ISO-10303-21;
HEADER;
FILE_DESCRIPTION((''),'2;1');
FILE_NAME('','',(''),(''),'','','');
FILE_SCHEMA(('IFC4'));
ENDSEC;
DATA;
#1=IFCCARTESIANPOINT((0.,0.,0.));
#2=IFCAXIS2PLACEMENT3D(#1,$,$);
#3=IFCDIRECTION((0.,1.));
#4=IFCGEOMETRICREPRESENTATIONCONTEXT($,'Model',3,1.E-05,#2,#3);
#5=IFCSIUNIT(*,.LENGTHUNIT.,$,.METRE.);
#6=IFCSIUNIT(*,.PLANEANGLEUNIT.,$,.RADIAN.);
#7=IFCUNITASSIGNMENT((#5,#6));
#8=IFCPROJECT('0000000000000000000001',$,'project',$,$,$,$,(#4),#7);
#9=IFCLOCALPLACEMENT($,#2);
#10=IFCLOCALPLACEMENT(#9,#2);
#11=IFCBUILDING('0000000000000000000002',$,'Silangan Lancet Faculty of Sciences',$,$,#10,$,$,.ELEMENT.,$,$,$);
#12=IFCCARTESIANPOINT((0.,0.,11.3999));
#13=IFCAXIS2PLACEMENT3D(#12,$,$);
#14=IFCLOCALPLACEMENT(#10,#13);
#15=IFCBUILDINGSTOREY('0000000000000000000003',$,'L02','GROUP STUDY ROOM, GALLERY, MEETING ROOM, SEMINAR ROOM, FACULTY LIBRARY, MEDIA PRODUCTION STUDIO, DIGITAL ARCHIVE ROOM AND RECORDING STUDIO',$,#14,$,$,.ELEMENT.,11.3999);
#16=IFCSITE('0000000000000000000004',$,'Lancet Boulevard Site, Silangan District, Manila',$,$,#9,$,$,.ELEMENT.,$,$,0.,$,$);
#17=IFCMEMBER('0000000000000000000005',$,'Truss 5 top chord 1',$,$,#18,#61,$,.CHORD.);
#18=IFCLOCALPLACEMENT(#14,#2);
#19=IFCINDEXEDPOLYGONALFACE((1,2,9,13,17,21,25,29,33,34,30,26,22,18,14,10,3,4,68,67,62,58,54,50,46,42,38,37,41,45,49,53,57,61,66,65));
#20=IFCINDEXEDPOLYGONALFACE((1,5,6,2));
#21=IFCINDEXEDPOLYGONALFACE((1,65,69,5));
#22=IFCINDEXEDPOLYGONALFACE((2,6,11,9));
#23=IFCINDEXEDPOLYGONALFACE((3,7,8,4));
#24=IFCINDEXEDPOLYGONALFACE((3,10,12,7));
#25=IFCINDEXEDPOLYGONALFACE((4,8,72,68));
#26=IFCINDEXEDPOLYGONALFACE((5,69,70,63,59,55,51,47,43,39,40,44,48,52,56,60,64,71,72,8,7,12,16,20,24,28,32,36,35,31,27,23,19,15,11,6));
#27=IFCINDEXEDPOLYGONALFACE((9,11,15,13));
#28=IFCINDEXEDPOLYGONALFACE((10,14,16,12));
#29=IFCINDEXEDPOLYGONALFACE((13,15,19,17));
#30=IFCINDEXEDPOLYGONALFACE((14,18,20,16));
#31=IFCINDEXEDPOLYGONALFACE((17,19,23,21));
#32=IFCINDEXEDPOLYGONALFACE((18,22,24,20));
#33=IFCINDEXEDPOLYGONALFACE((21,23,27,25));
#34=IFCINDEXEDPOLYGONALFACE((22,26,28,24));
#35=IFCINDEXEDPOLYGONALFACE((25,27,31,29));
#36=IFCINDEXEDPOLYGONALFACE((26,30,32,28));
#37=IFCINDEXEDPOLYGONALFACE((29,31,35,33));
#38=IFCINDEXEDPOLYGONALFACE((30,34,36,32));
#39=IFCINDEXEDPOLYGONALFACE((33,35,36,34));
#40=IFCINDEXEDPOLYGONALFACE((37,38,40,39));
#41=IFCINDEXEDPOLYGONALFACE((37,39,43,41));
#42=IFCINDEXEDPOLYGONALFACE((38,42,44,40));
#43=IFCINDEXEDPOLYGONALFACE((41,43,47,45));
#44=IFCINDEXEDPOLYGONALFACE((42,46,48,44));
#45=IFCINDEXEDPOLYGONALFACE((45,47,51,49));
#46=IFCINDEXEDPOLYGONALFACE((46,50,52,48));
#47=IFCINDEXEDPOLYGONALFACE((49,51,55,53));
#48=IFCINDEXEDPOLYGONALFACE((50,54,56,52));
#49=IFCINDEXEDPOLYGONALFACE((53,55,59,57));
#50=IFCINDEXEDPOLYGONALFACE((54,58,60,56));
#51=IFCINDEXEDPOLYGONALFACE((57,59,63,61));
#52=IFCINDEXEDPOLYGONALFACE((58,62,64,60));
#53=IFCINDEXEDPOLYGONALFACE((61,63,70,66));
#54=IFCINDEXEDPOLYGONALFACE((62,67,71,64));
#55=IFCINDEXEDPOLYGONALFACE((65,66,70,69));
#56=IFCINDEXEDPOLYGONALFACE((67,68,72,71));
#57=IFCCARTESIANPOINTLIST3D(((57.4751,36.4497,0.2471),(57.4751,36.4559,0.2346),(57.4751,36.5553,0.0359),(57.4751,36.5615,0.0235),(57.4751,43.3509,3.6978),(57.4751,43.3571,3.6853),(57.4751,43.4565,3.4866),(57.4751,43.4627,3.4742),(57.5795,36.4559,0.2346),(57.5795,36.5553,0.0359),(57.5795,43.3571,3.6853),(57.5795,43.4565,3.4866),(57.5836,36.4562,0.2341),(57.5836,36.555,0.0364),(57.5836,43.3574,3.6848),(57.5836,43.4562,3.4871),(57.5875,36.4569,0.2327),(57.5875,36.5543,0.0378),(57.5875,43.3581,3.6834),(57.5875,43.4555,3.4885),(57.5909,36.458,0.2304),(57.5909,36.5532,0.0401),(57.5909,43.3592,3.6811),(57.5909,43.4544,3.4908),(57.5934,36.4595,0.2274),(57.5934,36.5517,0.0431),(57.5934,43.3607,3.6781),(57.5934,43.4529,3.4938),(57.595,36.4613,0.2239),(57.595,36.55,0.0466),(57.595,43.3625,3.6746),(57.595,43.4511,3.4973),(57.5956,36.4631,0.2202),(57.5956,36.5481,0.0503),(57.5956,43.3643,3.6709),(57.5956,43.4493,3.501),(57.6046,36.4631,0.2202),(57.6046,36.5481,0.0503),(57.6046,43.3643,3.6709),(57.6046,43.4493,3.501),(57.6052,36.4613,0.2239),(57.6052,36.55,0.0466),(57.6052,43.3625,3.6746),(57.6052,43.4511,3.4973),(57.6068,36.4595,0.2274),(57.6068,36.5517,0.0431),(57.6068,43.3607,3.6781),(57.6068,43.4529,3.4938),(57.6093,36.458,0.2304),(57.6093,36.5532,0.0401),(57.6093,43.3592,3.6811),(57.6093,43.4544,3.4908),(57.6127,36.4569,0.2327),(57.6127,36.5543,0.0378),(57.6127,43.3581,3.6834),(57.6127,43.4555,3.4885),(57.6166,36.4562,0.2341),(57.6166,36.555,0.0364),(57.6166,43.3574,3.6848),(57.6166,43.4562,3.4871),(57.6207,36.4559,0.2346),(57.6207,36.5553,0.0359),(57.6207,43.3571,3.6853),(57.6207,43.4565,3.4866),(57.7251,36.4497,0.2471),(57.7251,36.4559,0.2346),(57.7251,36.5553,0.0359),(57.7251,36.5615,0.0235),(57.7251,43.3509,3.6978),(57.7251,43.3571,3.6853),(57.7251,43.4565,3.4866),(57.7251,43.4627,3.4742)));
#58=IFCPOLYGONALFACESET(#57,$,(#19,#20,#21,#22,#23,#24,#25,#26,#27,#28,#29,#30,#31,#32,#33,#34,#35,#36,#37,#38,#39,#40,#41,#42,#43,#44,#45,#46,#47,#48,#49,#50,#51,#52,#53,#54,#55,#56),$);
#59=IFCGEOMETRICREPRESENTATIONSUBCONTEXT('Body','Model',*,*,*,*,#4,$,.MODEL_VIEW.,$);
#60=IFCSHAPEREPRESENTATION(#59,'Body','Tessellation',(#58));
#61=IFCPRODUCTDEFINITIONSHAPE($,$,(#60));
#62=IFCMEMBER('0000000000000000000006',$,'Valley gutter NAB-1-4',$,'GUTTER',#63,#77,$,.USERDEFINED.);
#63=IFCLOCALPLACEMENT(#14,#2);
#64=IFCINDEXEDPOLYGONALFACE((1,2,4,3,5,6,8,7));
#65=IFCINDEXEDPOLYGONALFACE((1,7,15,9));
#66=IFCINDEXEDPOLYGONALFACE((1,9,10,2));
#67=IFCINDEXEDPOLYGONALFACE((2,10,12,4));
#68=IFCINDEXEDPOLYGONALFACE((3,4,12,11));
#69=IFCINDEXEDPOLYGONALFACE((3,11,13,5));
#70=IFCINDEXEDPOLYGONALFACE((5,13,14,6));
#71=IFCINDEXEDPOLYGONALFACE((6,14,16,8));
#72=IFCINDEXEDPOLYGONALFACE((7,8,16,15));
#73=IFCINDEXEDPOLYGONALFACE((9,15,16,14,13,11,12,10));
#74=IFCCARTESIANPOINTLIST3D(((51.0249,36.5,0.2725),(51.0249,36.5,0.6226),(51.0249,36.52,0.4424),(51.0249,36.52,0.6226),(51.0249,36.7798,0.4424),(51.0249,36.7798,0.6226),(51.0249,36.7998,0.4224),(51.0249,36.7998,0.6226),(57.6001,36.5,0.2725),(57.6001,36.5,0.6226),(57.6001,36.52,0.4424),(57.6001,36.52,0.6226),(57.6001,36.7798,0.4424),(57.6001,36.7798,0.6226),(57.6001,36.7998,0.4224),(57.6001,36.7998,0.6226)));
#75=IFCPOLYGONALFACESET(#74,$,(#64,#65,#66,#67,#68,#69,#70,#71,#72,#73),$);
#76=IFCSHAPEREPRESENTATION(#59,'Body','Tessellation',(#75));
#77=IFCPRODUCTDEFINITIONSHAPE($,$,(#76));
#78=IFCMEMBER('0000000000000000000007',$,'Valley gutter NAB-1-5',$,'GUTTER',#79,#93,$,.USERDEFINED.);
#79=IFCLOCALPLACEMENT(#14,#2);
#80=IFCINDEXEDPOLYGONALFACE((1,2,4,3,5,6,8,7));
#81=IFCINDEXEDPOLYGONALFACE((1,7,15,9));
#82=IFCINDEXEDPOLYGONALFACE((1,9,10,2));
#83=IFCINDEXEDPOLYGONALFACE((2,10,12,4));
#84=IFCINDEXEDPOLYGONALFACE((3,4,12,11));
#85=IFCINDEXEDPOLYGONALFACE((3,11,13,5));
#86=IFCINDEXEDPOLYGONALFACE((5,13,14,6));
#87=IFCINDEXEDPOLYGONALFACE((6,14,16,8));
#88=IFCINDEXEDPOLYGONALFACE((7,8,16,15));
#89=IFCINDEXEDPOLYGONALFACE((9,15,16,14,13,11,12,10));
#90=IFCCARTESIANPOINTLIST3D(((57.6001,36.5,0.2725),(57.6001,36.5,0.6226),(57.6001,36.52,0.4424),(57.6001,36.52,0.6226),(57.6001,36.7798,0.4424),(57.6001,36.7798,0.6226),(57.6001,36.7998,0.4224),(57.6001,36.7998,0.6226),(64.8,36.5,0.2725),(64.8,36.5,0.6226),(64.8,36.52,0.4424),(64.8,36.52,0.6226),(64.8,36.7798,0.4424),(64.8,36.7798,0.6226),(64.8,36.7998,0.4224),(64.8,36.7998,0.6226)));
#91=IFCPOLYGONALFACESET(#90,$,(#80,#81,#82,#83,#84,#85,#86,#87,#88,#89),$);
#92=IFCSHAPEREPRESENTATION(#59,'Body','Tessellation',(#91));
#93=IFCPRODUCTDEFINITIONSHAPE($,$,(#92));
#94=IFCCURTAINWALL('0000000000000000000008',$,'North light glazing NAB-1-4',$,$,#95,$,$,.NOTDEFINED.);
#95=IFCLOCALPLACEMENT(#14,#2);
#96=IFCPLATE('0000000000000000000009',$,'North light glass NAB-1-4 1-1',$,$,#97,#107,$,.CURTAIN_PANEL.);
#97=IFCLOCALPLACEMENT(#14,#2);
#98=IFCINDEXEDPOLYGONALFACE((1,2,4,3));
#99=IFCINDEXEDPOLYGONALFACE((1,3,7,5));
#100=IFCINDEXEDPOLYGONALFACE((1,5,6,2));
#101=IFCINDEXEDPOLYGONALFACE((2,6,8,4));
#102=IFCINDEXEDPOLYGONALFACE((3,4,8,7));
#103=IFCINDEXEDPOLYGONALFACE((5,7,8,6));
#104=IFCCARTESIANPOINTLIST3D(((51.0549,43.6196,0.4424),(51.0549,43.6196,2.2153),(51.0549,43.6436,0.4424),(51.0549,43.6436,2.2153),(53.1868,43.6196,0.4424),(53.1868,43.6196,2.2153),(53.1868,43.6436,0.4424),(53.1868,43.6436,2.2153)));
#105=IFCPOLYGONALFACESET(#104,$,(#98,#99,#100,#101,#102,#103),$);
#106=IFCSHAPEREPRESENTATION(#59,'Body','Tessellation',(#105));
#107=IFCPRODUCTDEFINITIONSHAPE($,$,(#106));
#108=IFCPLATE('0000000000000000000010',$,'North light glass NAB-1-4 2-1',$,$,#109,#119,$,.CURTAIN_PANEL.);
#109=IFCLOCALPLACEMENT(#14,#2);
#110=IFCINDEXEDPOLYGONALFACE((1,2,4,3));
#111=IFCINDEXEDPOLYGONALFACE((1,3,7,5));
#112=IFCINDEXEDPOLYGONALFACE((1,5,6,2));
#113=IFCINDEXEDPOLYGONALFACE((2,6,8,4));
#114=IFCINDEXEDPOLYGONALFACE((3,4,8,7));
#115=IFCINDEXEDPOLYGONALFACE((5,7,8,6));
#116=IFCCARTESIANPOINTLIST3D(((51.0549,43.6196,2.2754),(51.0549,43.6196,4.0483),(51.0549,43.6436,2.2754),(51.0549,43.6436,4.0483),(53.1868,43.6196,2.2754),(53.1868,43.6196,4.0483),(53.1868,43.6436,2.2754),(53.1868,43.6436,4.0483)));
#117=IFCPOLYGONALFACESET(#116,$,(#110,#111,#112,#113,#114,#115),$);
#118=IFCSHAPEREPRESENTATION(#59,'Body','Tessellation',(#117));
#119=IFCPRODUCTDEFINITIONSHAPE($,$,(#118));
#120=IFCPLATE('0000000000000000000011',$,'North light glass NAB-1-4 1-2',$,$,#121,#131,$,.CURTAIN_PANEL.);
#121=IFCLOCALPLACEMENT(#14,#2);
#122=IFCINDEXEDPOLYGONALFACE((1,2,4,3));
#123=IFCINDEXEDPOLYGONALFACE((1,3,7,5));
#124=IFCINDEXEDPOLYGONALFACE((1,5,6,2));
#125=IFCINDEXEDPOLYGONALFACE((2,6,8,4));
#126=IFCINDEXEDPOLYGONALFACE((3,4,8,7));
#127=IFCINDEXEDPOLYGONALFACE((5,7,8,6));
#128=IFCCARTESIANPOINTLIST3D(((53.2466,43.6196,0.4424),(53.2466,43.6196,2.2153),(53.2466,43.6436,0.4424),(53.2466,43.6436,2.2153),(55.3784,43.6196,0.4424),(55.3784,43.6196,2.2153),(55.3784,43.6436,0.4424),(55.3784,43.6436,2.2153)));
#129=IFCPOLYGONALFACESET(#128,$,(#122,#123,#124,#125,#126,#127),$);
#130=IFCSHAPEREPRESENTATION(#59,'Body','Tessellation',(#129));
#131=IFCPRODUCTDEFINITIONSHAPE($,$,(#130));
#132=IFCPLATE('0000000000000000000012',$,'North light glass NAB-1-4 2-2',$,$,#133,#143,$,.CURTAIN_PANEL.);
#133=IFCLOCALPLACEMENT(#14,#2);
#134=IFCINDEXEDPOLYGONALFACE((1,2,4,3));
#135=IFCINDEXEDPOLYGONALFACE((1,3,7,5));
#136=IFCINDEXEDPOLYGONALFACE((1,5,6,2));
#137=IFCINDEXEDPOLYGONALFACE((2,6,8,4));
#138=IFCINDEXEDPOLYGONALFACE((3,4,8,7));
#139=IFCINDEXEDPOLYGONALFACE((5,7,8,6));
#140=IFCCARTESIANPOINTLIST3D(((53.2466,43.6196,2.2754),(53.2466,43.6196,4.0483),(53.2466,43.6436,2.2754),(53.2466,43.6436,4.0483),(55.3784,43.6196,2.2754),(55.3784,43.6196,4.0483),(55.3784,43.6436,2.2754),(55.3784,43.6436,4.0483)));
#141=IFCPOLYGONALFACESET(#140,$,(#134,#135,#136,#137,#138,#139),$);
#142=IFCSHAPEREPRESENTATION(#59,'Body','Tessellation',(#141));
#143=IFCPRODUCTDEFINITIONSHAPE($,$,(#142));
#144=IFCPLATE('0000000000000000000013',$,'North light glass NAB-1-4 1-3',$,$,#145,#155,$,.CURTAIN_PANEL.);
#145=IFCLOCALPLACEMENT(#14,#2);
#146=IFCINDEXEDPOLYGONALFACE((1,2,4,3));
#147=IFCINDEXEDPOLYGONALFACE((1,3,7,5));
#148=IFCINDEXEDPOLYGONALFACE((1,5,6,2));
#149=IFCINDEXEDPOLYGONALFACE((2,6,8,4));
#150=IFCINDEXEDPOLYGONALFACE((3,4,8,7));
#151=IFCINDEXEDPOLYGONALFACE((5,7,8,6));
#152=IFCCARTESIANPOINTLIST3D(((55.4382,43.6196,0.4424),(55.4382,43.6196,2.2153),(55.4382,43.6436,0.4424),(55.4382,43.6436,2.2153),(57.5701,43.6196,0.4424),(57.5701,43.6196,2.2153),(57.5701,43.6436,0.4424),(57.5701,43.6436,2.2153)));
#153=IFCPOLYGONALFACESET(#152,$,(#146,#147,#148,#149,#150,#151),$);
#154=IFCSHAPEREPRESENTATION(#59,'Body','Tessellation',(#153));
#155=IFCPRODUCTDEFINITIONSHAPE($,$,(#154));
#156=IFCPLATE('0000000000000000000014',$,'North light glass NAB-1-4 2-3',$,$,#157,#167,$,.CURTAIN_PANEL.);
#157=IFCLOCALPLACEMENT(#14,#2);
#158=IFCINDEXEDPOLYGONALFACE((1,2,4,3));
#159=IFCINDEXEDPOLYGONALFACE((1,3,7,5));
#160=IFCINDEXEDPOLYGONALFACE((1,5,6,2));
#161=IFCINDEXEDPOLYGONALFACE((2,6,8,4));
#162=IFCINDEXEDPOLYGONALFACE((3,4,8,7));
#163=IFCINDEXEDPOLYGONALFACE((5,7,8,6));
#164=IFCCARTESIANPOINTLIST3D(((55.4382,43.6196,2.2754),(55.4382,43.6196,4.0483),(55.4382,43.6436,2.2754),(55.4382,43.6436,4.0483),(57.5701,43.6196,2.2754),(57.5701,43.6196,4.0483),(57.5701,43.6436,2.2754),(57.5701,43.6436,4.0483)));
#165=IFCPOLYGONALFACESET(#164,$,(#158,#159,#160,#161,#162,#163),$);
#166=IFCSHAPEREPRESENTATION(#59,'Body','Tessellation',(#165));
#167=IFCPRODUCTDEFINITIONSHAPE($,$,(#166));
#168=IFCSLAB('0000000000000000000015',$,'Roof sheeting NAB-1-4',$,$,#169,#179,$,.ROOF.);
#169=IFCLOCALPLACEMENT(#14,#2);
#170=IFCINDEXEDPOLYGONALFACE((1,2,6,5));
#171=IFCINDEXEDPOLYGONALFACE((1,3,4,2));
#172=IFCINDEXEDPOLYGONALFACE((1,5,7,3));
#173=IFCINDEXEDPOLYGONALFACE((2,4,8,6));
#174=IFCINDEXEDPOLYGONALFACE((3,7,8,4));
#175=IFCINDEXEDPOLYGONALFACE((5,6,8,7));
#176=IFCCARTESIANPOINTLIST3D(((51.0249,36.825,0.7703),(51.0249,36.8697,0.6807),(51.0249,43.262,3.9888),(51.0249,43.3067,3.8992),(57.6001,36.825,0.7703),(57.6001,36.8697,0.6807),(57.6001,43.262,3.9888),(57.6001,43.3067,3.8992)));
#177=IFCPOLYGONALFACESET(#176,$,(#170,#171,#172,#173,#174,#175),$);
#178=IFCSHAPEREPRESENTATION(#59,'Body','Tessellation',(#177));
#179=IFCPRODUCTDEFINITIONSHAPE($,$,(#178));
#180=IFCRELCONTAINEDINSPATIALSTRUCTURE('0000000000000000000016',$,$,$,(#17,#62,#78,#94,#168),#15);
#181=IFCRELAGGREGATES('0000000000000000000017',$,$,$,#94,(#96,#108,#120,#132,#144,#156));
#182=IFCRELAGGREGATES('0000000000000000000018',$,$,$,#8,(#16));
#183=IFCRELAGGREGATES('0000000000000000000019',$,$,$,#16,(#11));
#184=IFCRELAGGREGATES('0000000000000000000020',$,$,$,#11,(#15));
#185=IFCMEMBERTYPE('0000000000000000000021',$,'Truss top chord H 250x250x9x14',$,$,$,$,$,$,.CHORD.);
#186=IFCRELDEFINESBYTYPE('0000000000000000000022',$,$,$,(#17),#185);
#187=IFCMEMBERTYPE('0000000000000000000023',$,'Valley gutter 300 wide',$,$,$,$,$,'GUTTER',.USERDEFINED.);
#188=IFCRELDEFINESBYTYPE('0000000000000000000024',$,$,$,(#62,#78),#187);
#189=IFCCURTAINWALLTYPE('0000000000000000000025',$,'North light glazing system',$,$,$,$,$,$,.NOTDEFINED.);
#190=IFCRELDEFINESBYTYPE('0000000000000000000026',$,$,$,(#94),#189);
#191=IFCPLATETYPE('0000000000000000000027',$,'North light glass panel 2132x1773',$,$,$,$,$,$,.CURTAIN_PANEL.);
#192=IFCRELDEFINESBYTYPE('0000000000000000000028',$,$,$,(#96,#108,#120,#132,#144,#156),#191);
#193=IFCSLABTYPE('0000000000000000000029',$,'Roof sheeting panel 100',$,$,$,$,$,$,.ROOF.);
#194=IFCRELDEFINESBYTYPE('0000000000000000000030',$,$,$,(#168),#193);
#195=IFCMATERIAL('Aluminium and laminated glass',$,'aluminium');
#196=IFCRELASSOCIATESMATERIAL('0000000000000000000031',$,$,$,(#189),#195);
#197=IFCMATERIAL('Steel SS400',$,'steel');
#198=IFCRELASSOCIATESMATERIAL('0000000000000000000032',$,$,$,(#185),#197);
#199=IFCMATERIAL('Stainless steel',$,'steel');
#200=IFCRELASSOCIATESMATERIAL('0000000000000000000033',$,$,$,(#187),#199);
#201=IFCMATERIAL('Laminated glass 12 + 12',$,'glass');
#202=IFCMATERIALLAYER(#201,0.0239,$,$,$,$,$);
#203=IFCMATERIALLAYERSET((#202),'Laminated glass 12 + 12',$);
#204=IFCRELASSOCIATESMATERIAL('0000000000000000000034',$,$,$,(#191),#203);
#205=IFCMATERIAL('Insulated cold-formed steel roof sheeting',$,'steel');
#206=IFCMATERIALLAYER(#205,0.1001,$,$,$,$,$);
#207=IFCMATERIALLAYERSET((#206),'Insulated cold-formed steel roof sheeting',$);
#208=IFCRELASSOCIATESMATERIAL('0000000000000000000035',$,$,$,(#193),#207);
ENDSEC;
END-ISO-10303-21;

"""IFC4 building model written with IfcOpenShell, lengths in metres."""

from ifc_helpers import new_model, si_unit, direction, frame, origin, origin_2d, place, context, subcontext, project, spatial, polyline, i_section, outline, extrude, material, layer, layer_set, material_profile, profile_set, type_object, element, aggregate, save


model = new_model("IFC4")

# Units and contexts
model_context = context("Model", 3, precision=1e-05, world=origin(), true_north=direction((0.0, 1.0)))
body_context = subcontext(model_context, "Body", "Model", "MODEL_VIEW")
ifc_project = project(units=[si_unit("LENGTHUNIT", "METRE"), si_unit("PLANEANGLEUNIT", "RADIAN")], contexts=[model_context])

# Site, building, storey
site_placement = place(None, origin())
site = spatial("IfcSite", under=ifc_project, at=site_placement, Name="Lancet Boulevard Site, Silangan District, Manila", CompositionType="ELEMENT", RefElevation=0.0)
building_placement = place(site_placement, origin())
building = spatial("IfcBuilding", under=site, at=building_placement, Name="Silangan Lancet Faculty of Sciences", CompositionType="ELEMENT")
storey_placement = place(building_placement, frame((0.0, 0.0, 11.3999)))
storey = spatial("IfcBuildingStorey", under=building, at=storey_placement, Name="L02", Description="GROUP STUDY ROOM, GALLERY, MEETING ROOM, SEMINAR ROOM, FACULTY LIBRARY, MEDIA PRODUCTION STUDIO, DIGITAL ARCHIVE ROOM AND RECORDING STUDIO", CompositionType="ELEMENT", Elevation=11.3999)

# Shared definitions
ifc_material_1 = material(Name="Aluminium and laminated glass", Category="aluminium")
curtain_wall_type = type_object("IfcCurtainWallType", Name="North light glazing system", PredefinedType="NOTDEFINED", material=ifc_material_1)

# Members
ifc_material_2 = material(Name="Steel SS400", Category="steel")
ifc_material_profile_1 = material_profile(ifc_material_2, i_section(OverallWidth=0.25, OverallDepth=0.25, WebThickness=0.009, FlangeThickness=0.0139, FilletRadius=0.0161, at=origin_2d()), Name="H 250x250x9x14")
ifc_profile_set_1 = profile_set([ifc_material_profile_1], Name="Steel SS400")
member_type_1 = type_object("IfcMemberType", Name="Truss top chord H 250x250x9x14", PredefinedType="CHORD", material=ifc_profile_set_1)
member_1_placement = place(storey_placement, frame((57.6001, 36.5056, 0.1353), z_axis=(0.0, 0.894421, 0.447226), x_axis=(-1.0, 0.0, 0.0)))
element("IfcMember", 1, at=member_1_placement, inside=storey, type_object=member_type_1, Name="Truss 5 top chord 1", PredefinedType="CHORD", context=body_context, shape_type="SweptSolid", body=[
    extrude(i_section(OverallWidth=0.25, OverallDepth=0.25, WebThickness=0.009, FlangeThickness=0.0139, FilletRadius=0.0161, at=origin_2d()), origin(), (0.0, 0.0, 1.0), 7.7158),
])
ifc_material_3 = material(Name="Stainless steel", Category="steel")
ifc_material_profile_2 = material_profile(ifc_material_3, outline(polyline([(-0.1499, 0.0), (0.1499, 0.1499), (0.1499, 0.3501), (0.1299, 0.3501), (0.1299, 0.1699), (-0.1299, 0.1699), (-0.1299, 0.3501), (-0.1499, 0.3501), (-0.1499, 0.0)])), Name="valley gutter")
ifc_profile_set_2 = profile_set([ifc_material_profile_2], Name="Stainless steel")
member_type_2 = type_object("IfcMemberType", Name="Valley gutter 300 wide", ElementType="GUTTER", PredefinedType="USERDEFINED", material=ifc_profile_set_2)
member_2_placement = place(storey_placement, frame((51.0249, 36.6499, 0.2725), z_axis=(1.0, 0.0, 0.0), x_axis=(0.0, 1.0, 0.0)))
element("IfcMember", 2, at=member_2_placement, inside=storey, type_object=member_type_2, Name="Valley gutter NAB-1-4", ObjectType="GUTTER", PredefinedType="USERDEFINED", context=body_context, shape_type="SweptSolid", body=[
    extrude(outline(polyline([(-0.1499, 0.0), (0.1499, 0.1499), (0.1499, 0.3501), (0.1299, 0.3501), (0.1299, 0.1699), (-0.1299, 0.1699), (-0.1299, 0.3501), (-0.1499, 0.3501), (-0.1499, 0.0)])), origin(), (0.0, 0.0, 1.0), 6.5752),
])
member_3_placement = place(storey_placement, frame((57.6001, 36.6499, 0.2725), z_axis=(1.0, 0.0, 0.0), x_axis=(0.0, 1.0, 0.0)))
element("IfcMember", 3, at=member_3_placement, inside=storey, type_object=member_type_2, Name="Valley gutter NAB-1-5", ObjectType="GUTTER", PredefinedType="USERDEFINED", context=body_context, shape_type="SweptSolid", body=[
    extrude(outline(polyline([(-0.1499, 0.0), (0.1499, 0.1499), (0.1499, 0.3501), (0.1299, 0.3501), (0.1299, 0.1699), (-0.1299, 0.1699), (-0.1299, 0.3501), (-0.1499, 0.3501), (-0.1499, 0.0)])), origin(), (0.0, 0.0, 1.0), 7.2),
])

# Curtain wall, plates
curtain_wall_1_placement = place(storey_placement, origin())
curtain_wall_1 = element("IfcCurtainWall", 4, at=curtain_wall_1_placement, inside=storey, type_object=curtain_wall_type, Name="North light glazing NAB-1-4", PredefinedType="NOTDEFINED")
ifc_material_4 = material(Name="Laminated glass 12 + 12", Category="glass")
ifc_layer_1 = layer(ifc_material_4, 0.0239)
ifc_layer_set_1 = layer_set([ifc_layer_1], Name="Laminated glass 12 + 12")
plate_type = type_object("IfcPlateType", Name="North light glass panel 2132x1773", PredefinedType="CURTAIN_PANEL", material=ifc_layer_set_1)
plate_1_placement = place(storey_placement, frame((51.0549, 43.6196, 0.4424), z_axis=(0.0, -1.0, 0.0), x_axis=(1.0, 0.0, 0.0)))
plate_1 = element("IfcPlate", 5, at=plate_1_placement, type_object=plate_type, Name="North light glass NAB-1-4 1-1", PredefinedType="CURTAIN_PANEL", context=body_context, shape_type="SweptSolid", body=[
    extrude(outline(polyline([(0.0, 0.0), (2.1318, 0.0), (2.1318, 1.7729), (0.0, 1.7729), (0.0, 0.0)])), origin(), (0.0, 0.0, -1.0), 0.0239),
])
plate_2_placement = place(storey_placement, frame((51.0549, 43.6196, 2.2754), z_axis=(0.0, -1.0, 0.0), x_axis=(1.0, 0.0, 0.0)))
plate_2 = element("IfcPlate", 6, at=plate_2_placement, type_object=plate_type, Name="North light glass NAB-1-4 2-1", PredefinedType="CURTAIN_PANEL", context=body_context, shape_type="SweptSolid", body=[
    extrude(outline(polyline([(0.0, 0.0), (2.1318, 0.0), (2.1318, 1.7729), (0.0, 1.7729), (0.0, 0.0)])), origin(), (0.0, 0.0, -1.0), 0.0239),
])
plate_3_placement = place(storey_placement, frame((53.2466, 43.6196, 0.4424), z_axis=(0.0, -1.0, 0.0), x_axis=(1.0, 0.0, 0.0)))
plate_3 = element("IfcPlate", 7, at=plate_3_placement, type_object=plate_type, Name="North light glass NAB-1-4 1-2", PredefinedType="CURTAIN_PANEL", context=body_context, shape_type="SweptSolid", body=[
    extrude(outline(polyline([(0.0, 0.0), (2.1318, 0.0), (2.1318, 1.7729), (0.0, 1.7729), (0.0, 0.0)])), origin(), (0.0, 0.0, -1.0), 0.0239),
])
plate_4_placement = place(storey_placement, frame((53.2466, 43.6196, 2.2754), z_axis=(0.0, -1.0, 0.0), x_axis=(1.0, 0.0, 0.0)))
plate_4 = element("IfcPlate", 8, at=plate_4_placement, type_object=plate_type, Name="North light glass NAB-1-4 2-2", PredefinedType="CURTAIN_PANEL", context=body_context, shape_type="SweptSolid", body=[
    extrude(outline(polyline([(0.0, 0.0), (2.1318, 0.0), (2.1318, 1.7729), (0.0, 1.7729), (0.0, 0.0)])), origin(), (0.0, 0.0, -1.0), 0.0239),
])
plate_5_placement = place(storey_placement, frame((55.4382, 43.6196, 0.4424), z_axis=(0.0, -1.0, 0.0), x_axis=(1.0, 0.0, 0.0)))
plate_5 = element("IfcPlate", 9, at=plate_5_placement, type_object=plate_type, Name="North light glass NAB-1-4 1-3", PredefinedType="CURTAIN_PANEL", context=body_context, shape_type="SweptSolid", body=[
    extrude(outline(polyline([(0.0, 0.0), (2.1318, 0.0), (2.1318, 1.7729), (0.0, 1.7729), (0.0, 0.0)])), origin(), (0.0, 0.0, -1.0), 0.0239),
])
plate_6_placement = place(storey_placement, frame((55.4382, 43.6196, 2.2754), z_axis=(0.0, -1.0, 0.0), x_axis=(1.0, 0.0, 0.0)))
plate_6 = element("IfcPlate", 10, at=plate_6_placement, type_object=plate_type, Name="North light glass NAB-1-4 2-3", PredefinedType="CURTAIN_PANEL", context=body_context, shape_type="SweptSolid", body=[
    extrude(outline(polyline([(0.0, 0.0), (2.1318, 0.0), (2.1318, 1.7729), (0.0, 1.7729), (0.0, 0.0)])), origin(), (0.0, 0.0, -1.0), 0.0239),
])
aggregate(curtain_wall_1, [plate_1, plate_2, plate_3, plate_4, plate_5, plate_6])

# Slab
ifc_material_5 = material(Name="Insulated cold-formed steel roof sheeting", Category="steel")
ifc_layer_2 = layer(ifc_material_5, 0.1001)
ifc_layer_set_2 = layer_set([ifc_layer_2], Name="Insulated cold-formed steel roof sheeting")
slab_type = type_object("IfcSlabType", Name="Roof sheeting panel 100", PredefinedType="ROOF", material=ifc_layer_set_2)
slab_1_placement = place(storey_placement, frame((51.0249, 36.825, 0.7703), z_axis=(0.0, -0.447214, 0.894427), x_axis=(1.0, 0.0, 0.0)))
element("IfcSlab", 11, at=slab_1_placement, inside=storey, type_object=slab_type, Name="Roof sheeting NAB-1-4", PredefinedType="ROOF", context=body_context, shape_type="SweptSolid", body=[
    extrude(outline(polyline([(0.0, 0.0), (6.5752, 0.0), (6.5752, 7.1968), (0.0, 7.1968), (0.0, 0.0)])), origin(), (0.0, 0.0, -1.0), 0.1001),
])

save(model, "model.ifc")
